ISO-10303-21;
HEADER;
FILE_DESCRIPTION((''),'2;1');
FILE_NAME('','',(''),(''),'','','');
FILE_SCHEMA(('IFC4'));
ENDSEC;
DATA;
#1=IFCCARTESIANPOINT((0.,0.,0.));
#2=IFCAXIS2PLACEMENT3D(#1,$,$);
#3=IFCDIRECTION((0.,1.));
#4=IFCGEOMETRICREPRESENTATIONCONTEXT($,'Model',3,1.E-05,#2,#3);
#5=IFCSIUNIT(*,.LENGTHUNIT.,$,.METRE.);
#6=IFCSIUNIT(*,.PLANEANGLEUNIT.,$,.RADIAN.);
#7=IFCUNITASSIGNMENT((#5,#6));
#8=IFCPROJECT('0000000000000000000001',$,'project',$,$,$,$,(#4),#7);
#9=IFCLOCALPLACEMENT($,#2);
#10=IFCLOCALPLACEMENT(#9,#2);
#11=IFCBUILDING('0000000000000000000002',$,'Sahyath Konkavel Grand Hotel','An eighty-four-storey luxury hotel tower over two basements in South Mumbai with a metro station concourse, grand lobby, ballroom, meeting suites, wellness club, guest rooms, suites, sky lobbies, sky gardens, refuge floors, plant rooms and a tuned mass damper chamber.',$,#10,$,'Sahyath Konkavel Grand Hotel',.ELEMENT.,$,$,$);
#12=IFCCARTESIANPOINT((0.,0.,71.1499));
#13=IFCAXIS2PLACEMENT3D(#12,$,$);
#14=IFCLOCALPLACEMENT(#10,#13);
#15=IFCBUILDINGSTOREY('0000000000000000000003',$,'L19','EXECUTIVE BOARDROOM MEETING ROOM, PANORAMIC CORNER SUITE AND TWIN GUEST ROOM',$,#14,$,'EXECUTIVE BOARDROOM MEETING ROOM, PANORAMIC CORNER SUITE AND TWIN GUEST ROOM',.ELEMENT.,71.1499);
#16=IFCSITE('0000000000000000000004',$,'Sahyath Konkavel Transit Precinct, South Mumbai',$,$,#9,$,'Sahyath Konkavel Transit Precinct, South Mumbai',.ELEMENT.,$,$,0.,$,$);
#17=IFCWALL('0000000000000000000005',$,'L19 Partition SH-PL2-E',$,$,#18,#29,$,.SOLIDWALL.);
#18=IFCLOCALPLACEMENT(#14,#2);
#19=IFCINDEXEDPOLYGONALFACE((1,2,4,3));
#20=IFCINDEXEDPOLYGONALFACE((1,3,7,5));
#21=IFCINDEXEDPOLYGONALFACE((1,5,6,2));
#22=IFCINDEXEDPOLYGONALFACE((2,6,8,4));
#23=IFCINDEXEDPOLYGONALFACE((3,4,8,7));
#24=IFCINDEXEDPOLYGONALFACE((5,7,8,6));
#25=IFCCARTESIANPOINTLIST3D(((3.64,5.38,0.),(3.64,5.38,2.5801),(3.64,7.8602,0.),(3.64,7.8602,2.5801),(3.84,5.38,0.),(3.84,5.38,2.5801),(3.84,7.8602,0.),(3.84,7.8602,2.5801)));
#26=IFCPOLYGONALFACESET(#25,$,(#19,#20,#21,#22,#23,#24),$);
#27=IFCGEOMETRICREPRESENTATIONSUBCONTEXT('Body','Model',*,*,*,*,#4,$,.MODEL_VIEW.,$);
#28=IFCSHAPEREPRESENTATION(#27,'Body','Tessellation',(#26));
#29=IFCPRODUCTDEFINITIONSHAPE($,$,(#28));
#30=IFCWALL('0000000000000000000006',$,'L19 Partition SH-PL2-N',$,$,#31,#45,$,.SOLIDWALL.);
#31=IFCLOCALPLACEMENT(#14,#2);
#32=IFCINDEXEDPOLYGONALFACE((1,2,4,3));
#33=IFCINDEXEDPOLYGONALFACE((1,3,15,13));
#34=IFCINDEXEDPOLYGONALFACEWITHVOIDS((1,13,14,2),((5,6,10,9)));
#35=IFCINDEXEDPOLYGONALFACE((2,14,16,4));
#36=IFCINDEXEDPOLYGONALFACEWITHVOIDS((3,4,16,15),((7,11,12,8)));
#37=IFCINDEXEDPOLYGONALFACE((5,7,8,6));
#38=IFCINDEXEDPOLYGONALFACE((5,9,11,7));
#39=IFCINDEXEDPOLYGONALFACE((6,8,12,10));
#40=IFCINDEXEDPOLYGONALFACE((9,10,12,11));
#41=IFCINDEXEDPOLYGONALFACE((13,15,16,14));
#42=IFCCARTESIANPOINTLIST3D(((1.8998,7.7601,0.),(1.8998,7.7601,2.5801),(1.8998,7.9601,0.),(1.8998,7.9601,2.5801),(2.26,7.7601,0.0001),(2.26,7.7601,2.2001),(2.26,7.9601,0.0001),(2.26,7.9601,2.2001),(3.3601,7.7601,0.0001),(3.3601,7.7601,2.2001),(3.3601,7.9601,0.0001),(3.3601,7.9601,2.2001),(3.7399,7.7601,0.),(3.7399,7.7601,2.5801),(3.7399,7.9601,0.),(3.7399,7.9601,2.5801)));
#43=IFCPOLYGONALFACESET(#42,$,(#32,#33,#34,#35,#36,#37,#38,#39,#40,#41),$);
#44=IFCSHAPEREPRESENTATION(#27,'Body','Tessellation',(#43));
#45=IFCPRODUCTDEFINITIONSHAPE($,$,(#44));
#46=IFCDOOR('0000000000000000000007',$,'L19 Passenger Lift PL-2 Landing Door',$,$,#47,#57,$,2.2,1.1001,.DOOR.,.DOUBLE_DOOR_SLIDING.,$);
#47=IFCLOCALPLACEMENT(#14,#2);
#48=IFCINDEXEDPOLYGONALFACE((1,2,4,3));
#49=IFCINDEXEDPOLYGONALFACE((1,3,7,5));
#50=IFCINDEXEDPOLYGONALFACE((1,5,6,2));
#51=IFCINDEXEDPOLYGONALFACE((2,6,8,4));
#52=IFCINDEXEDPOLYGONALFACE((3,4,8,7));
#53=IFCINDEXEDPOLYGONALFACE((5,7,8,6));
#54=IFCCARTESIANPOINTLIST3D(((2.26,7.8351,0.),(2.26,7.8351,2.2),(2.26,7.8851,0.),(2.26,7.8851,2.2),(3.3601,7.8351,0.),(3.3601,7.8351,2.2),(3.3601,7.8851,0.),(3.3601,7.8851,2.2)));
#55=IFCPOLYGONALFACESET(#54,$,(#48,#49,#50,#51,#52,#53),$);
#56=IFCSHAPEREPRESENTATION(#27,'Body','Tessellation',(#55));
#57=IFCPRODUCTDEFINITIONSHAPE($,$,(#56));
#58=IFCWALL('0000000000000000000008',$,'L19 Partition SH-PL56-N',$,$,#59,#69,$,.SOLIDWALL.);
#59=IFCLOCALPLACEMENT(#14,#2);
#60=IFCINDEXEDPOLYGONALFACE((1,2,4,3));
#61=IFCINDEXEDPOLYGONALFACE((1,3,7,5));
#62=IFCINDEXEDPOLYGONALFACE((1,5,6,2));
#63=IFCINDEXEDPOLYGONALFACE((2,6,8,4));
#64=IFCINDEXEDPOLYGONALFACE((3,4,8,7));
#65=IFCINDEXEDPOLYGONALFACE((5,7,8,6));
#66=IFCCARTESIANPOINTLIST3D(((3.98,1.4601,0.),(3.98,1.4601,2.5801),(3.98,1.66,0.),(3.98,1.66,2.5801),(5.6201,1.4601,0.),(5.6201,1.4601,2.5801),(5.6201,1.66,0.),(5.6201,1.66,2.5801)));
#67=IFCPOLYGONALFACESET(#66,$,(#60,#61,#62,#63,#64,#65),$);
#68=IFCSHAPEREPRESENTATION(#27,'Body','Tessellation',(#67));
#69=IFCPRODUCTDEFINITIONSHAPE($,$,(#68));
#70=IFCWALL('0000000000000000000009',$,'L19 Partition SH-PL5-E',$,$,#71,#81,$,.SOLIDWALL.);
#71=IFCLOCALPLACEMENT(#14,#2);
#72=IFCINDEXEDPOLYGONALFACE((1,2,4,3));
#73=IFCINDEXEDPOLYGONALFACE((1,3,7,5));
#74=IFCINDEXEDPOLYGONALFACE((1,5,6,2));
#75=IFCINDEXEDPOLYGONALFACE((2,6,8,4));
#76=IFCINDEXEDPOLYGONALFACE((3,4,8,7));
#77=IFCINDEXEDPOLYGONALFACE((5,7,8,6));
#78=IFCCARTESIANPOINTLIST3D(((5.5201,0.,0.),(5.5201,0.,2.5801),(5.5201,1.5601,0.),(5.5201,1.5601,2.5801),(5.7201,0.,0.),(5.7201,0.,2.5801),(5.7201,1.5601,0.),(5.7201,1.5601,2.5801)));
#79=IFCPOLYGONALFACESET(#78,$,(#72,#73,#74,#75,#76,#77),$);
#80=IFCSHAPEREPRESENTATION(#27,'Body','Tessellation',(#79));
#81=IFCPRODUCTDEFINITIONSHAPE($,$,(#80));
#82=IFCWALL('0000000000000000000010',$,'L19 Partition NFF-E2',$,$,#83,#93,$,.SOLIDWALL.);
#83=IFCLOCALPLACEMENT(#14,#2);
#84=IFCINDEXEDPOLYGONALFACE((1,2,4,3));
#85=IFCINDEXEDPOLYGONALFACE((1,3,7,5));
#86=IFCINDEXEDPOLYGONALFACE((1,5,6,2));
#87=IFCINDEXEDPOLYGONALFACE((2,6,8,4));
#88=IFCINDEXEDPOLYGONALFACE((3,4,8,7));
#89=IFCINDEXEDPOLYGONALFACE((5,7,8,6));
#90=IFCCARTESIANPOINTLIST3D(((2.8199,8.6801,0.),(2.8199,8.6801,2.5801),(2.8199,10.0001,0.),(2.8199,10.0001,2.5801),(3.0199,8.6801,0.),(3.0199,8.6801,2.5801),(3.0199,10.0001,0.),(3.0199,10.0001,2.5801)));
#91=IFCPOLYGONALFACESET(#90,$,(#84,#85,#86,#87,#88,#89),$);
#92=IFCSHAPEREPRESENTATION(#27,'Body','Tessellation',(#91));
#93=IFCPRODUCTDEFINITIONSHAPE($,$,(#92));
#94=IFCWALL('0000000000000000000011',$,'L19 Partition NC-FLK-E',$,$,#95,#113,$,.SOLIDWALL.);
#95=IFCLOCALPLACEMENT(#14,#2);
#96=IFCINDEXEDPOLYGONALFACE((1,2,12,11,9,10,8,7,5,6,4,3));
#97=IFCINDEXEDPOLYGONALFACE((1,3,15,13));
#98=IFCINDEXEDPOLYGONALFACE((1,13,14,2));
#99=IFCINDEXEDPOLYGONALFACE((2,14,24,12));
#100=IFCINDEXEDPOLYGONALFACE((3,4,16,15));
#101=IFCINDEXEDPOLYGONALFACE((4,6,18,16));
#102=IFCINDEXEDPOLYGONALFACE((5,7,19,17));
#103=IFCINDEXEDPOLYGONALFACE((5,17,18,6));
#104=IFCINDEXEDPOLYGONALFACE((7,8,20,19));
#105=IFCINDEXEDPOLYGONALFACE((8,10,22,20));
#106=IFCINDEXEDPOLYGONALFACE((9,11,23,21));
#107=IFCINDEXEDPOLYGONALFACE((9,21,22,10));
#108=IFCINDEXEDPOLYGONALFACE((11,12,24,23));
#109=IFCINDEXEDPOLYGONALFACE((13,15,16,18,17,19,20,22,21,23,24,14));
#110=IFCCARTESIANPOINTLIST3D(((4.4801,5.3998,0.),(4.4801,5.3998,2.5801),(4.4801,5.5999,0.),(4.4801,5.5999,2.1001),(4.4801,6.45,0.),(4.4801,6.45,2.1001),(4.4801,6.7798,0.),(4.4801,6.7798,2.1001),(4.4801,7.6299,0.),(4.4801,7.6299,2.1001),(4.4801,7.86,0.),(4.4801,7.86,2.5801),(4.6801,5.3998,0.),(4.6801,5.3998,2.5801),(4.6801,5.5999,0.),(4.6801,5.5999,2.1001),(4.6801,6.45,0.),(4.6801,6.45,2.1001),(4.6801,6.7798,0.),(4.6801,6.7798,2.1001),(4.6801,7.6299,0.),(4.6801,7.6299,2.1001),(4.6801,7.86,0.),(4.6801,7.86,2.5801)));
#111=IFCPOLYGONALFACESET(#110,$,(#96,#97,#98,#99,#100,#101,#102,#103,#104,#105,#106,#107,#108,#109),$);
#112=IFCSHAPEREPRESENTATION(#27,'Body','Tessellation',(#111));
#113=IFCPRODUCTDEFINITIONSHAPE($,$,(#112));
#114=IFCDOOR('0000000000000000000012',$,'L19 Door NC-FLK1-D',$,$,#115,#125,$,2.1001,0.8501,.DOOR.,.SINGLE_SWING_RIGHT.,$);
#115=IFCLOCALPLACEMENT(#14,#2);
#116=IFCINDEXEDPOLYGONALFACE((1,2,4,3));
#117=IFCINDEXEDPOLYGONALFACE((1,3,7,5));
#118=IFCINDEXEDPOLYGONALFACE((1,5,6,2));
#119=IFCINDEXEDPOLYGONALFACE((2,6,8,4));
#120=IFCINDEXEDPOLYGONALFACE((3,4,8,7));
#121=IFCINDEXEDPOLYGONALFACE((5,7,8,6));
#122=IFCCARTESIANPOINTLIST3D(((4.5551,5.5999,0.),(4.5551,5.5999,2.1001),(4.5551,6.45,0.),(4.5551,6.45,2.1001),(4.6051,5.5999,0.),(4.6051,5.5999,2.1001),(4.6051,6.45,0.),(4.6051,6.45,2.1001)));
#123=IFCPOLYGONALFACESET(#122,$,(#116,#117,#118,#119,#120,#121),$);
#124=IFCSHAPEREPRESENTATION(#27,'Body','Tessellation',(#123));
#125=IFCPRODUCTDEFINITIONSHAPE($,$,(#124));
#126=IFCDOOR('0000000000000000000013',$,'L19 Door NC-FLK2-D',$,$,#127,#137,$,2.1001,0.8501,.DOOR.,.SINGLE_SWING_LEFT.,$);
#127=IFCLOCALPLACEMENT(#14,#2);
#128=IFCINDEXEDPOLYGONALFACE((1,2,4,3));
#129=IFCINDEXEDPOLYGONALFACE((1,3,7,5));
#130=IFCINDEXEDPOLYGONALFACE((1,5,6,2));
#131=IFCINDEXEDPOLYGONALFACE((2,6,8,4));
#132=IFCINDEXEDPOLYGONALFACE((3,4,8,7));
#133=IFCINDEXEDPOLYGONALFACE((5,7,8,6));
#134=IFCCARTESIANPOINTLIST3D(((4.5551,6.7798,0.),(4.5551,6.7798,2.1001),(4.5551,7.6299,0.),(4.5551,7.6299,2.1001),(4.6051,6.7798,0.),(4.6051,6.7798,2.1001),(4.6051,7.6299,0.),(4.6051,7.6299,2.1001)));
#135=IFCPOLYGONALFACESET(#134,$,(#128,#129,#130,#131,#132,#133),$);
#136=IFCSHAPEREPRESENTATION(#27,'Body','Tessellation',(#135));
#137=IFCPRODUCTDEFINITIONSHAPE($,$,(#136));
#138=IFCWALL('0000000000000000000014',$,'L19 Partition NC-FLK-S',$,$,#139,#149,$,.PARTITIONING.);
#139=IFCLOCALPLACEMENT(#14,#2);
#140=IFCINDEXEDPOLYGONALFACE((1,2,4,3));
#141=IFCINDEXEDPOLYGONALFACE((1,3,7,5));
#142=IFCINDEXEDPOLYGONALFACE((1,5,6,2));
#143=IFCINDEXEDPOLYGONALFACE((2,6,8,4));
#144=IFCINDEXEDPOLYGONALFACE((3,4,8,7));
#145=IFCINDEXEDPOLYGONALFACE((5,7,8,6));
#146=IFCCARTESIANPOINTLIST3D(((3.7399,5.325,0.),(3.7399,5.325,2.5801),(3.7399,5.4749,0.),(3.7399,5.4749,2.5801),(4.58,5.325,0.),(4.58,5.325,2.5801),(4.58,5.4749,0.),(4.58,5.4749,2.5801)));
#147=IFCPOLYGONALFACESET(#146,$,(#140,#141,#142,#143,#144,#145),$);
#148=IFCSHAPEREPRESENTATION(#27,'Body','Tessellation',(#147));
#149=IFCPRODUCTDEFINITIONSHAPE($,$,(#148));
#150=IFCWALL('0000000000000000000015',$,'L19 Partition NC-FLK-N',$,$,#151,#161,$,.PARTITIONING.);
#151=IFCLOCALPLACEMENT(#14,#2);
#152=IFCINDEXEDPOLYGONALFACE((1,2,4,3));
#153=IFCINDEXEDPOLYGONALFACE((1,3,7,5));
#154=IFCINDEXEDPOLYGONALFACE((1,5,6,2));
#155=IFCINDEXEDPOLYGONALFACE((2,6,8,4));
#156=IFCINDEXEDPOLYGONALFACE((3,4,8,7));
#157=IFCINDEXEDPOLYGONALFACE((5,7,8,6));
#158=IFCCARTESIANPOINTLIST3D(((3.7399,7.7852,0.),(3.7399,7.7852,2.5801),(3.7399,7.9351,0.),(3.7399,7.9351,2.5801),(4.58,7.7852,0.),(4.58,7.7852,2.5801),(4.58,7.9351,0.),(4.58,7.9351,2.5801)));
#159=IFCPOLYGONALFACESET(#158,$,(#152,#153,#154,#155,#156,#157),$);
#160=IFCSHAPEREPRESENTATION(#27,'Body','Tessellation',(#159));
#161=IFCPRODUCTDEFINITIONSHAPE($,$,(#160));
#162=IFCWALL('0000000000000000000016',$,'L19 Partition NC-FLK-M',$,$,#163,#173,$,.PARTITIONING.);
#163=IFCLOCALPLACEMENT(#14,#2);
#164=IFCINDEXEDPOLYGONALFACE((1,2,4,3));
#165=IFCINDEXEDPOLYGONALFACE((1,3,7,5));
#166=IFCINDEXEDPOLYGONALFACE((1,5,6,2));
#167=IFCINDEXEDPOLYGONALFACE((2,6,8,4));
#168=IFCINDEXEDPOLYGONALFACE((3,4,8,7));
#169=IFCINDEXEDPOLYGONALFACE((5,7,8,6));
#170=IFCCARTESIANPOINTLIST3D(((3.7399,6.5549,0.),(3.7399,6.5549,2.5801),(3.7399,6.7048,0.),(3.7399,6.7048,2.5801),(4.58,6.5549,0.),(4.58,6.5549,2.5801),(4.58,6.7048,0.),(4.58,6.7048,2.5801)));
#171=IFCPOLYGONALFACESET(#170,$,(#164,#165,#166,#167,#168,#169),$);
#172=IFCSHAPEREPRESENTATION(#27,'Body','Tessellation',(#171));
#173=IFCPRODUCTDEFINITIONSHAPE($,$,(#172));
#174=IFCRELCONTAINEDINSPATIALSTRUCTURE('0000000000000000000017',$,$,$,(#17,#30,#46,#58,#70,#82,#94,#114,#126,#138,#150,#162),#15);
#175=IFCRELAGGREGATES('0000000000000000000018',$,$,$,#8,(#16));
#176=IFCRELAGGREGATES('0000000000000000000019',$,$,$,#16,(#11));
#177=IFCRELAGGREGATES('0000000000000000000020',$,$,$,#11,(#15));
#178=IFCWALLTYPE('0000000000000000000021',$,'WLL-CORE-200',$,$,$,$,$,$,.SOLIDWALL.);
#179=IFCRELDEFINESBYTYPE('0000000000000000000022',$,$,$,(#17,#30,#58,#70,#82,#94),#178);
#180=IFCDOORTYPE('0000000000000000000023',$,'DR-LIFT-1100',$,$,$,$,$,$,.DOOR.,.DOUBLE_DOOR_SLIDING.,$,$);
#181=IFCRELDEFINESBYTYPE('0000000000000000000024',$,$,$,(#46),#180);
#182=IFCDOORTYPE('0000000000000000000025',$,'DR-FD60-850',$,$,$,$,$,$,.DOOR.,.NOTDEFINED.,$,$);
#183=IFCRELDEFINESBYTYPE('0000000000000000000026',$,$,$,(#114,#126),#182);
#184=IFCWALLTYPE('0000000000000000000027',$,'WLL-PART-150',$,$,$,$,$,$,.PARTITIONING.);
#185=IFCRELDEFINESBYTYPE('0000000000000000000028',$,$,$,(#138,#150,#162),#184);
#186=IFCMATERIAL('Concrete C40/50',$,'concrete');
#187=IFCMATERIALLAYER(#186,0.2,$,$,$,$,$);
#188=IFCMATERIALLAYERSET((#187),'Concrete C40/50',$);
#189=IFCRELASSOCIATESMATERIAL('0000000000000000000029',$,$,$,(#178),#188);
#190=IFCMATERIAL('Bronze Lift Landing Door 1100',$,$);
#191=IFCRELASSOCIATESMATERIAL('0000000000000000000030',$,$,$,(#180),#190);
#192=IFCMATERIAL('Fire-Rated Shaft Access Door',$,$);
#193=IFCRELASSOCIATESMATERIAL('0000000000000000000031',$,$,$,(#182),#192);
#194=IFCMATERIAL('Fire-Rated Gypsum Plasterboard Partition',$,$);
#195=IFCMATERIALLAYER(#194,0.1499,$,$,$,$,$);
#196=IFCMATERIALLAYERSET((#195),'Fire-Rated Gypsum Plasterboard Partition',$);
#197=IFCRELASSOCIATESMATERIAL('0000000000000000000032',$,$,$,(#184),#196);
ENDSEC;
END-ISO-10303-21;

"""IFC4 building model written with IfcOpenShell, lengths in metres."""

from ifc_helpers import new_model, si_unit, direction, frame, frame_2d, origin, origin_2d, place, context, subcontext, project, spatial, rectangle, extrude, source, transform, mapped, material, layer, layer_set, type_object, element, fill, save


model = new_model("IFC4")

# Units and contexts
model_context = context("Model", 3, precision=1e-05, world=origin(), true_north=direction((0.0, 1.0)))
body_context = subcontext(model_context, "Body", "Model", "MODEL_VIEW")
ifc_project = project(units=[si_unit("LENGTHUNIT", "METRE"), si_unit("PLANEANGLEUNIT", "RADIAN")], contexts=[model_context])

# Site, building, storey
site_placement = place(None, origin())
site = spatial("IfcSite", under=ifc_project, at=site_placement, Name="Sahyath Konkavel Transit Precinct, South Mumbai", LongName="Sahyath Konkavel Transit Precinct, South Mumbai", CompositionType="ELEMENT", RefElevation=0.0)
building_placement = place(site_placement, origin())
building = spatial("IfcBuilding", under=site, at=building_placement, Name="Sahyath Konkavel Grand Hotel", Description="An eighty-four-storey luxury hotel tower over two basements in South Mumbai with a metro station concourse, grand lobby, ballroom, meeting suites, wellness club, guest rooms, suites, sky lobbies, sky gardens, refuge floors, plant rooms and a tuned mass damper chamber.", LongName="Sahyath Konkavel Grand Hotel", CompositionType="ELEMENT")
storey_placement = place(building_placement, frame((0.0, 0.0, 71.1499)))
storey = spatial("IfcBuildingStorey", under=building, at=storey_placement, Name="L19", Description="EXECUTIVE BOARDROOM MEETING ROOM, PANORAMIC CORNER SUITE AND TWIN GUEST ROOM", LongName="EXECUTIVE BOARDROOM MEETING ROOM, PANORAMIC CORNER SUITE AND TWIN GUEST ROOM", CompositionType="ELEMENT", Elevation=71.1499)

# Shared definitions
ifc_material_1 = material(Name="Concrete C40/50", Category="concrete")
ifc_layer_1 = layer(ifc_material_1, 0.2)
ifc_layer_set_1 = layer_set([ifc_layer_1], Name="Concrete C40/50")
wall_type_1 = type_object("IfcWallType", Name="WLL-CORE-200", PredefinedType="SOLIDWALL", material=ifc_layer_set_1)

# Shared definitions
ifc_material_2 = material(Name="Bronze Lift Landing Door 1100")
door_type_1 = type_object("IfcDoorType", Name="DR-LIFT-1100", OperationType="DOUBLE_DOOR_SLIDING", PredefinedType="DOOR", material=ifc_material_2)
shared_shape_1 = source(origin(), body_context, "Body", "SweptSolid", [
    extrude(rectangle(XDim=1.1001, YDim=0.05, at=origin_2d()), origin(), (0.0, 0.0, 1.0), 2.2),
])

# Wall
wall_1_placement = place(storey_placement, frame((3.74, 5.3799, 0.0), z_axis=(0.0, 0.0, 1.0), x_axis=(0.0, 1.0, 0.0)))
element("IfcWall", 1, at=wall_1_placement, inside=storey, type_object=wall_type_1, Name="L19 Partition SH-PL2-E", PredefinedType="SOLIDWALL", context=body_context, shape_type="SweptSolid", body=[
    extrude(rectangle(XDim=2.4802, YDim=0.2, at=frame_2d((1.2402, 0.0))), origin(), (0.0, 0.0, 1.0), 2.5801),
])

# Wall, opening, door
wall_2_placement = place(storey_placement, frame((1.8999, 7.8601, 0.0), z_axis=(0.0, 0.0, 1.0), x_axis=(1.0, 0.0, 0.0)))
wall_2 = element("IfcWall", 2, at=wall_2_placement, inside=storey, type_object=wall_type_1, Name="L19 Partition SH-PL2-N", PredefinedType="SOLIDWALL", context=body_context, shape_type="SweptSolid", body=[
    extrude(rectangle(XDim=1.8401, YDim=0.2, at=frame_2d((0.9199, 0.0))), origin(), (0.0, 0.0, 1.0), 2.5801),
])
opening_1_placement = place(wall_2_placement, frame((0.3601, 0.0, 0.0)))
opening_1 = element("IfcOpeningElement", 3, at=opening_1_placement, cuts=wall_2, PredefinedType="OPENING", context=body_context, shape_type="SweptSolid", body=[
    extrude(rectangle(XDim=1.1001, YDim=2.2, at=frame_2d((0.55, 1.1001))), frame((0.0, 0.1099, 0.0), z_axis=(0.0, -1.0, 0.0), x_axis=(1.0, 0.0, 0.0)), (0.0, 0.0, 1.0), 0.22),
])
door_1_placement = place(opening_1_placement, frame((0.55, 0.0, 0.0)))
door_1 = element("IfcDoor", 4, at=door_1_placement, inside=storey, type_object=door_type_1, Name="L19 Passenger Lift PL-2 Landing Door", OperationType="DOUBLE_DOOR_SLIDING", OverallHeight=2.2, OverallWidth=1.1001, PredefinedType="DOOR", context=body_context, shape_type="MappedRepresentation", body=[
    mapped(shared_shape_1, transform((0.0, 0.0, 0.0), scale=1.0)),
])
fill(opening_1, door_1)

# Walls
wall_3_placement = place(storey_placement, frame((3.98, 1.5601, 0.0), z_axis=(0.0, 0.0, 1.0), x_axis=(1.0, 0.0, 0.0)))
element("IfcWall", 5, at=wall_3_placement, inside=storey, type_object=wall_type_1, Name="L19 Partition SH-PL56-N", PredefinedType="SOLIDWALL", context=body_context, shape_type="SweptSolid", body=[
    extrude(rectangle(XDim=1.6401, YDim=0.2, at=frame_2d((0.8201, 0.0))), origin(), (0.0, 0.0, 1.0), 2.5801),
])
wall_4_placement = place(storey_placement, frame((5.6201, 0.0, 0.0), z_axis=(0.0, 0.0, 1.0), x_axis=(0.0, 1.0, 0.0)))
element("IfcWall", 6, at=wall_4_placement, inside=storey, type_object=wall_type_1, Name="L19 Partition SH-PL5-E", PredefinedType="SOLIDWALL", context=body_context, shape_type="SweptSolid", body=[
    extrude(rectangle(XDim=1.5601, YDim=0.2, at=frame_2d((0.78, 0.0))), origin(), (0.0, 0.0, 1.0), 2.5801),
])

# Wall
wall_5_placement = place(storey_placement, frame((2.9199, 8.6799, 0.0), z_axis=(0.0, 0.0, 1.0), x_axis=(0.0, 1.0, 0.0)))
element("IfcWall", 7, at=wall_5_placement, inside=storey, type_object=wall_type_1, Name="L19 Partition NFF-E2", PredefinedType="SOLIDWALL", context=body_context, shape_type="SweptSolid", body=[
    extrude(rectangle(XDim=1.3201, YDim=0.2, at=frame_2d((0.6602, 0.0))), origin(), (0.0, 0.0, 1.0), 2.5801),
])

# Wall, openings, doors
wall_6_placement = place(storey_placement, frame((4.5801, 5.3999, 0.0), z_axis=(0.0, 0.0, 1.0), x_axis=(0.0, 1.0, 0.0)))
wall_6 = element("IfcWall", 8, at=wall_6_placement, inside=storey, type_object=wall_type_1, Name="L19 Partition NC-FLK-E", PredefinedType="SOLIDWALL", context=body_context, shape_type="SweptSolid", body=[
    extrude(rectangle(XDim=2.4602, YDim=0.2, at=frame_2d((1.23, 0.0))), origin(), (0.0, 0.0, 1.0), 2.5801),
])
opening_2_placement = place(wall_6_placement, frame((0.2, 0.0, 0.0)))
opening_2 = element("IfcOpeningElement", 9, at=opening_2_placement, cuts=wall_6, PredefinedType="OPENING", context=body_context, shape_type="SweptSolid", body=[
    extrude(rectangle(XDim=0.8501, YDim=2.1001, at=frame_2d((0.425, 1.05))), frame((0.0, 0.1099, 0.0), z_axis=(0.0, -1.0, 0.0), x_axis=(1.0, 0.0, 0.0)), (0.0, 0.0, 1.0), 0.22),
])
opening_3_placement = place(wall_6_placement, frame((1.3799, 0.0, 0.0)))
opening_3 = element("IfcOpeningElement", 10, at=opening_3_placement, cuts=wall_6, PredefinedType="OPENING", context=body_context, shape_type="SweptSolid", body=[
    extrude(rectangle(XDim=0.8501, YDim=2.1001, at=frame_2d((0.425, 1.05))), frame((0.0, 0.1099, 0.0), z_axis=(0.0, -1.0, 0.0), x_axis=(1.0, 0.0, 0.0)), (0.0, 0.0, 1.0), 0.22),
])
ifc_material_3 = material(Name="Fire-Rated Shaft Access Door")
door_type_2 = type_object("IfcDoorType", Name="DR-FD60-850", OperationType="NOTDEFINED", PredefinedType="DOOR", material=ifc_material_3)
shared_shape_2 = source(origin(), body_context, "Body", "SweptSolid", [
    extrude(rectangle(XDim=0.8501, YDim=0.05, at=origin_2d()), origin(), (0.0, 0.0, 1.0), 2.1001),
])
door_2_placement = place(opening_2_placement, frame((0.425, 0.0, 0.0)))
door_2 = element("IfcDoor", 11, at=door_2_placement, inside=storey, type_object=door_type_2, Name="L19 Door NC-FLK1-D", OperationType="SINGLE_SWING_RIGHT", OverallHeight=2.1001, OverallWidth=0.8501, PredefinedType="DOOR", context=body_context, shape_type="MappedRepresentation", body=[
    mapped(shared_shape_2, transform((0.0, 0.0, 0.0), scale=1.0)),
])
fill(opening_2, door_2)
door_3_placement = place(opening_3_placement, frame((0.425, 0.0, 0.0)))
door_3 = element("IfcDoor", 12, at=door_3_placement, inside=storey, type_object=door_type_2, Name="L19 Door NC-FLK2-D", OperationType="SINGLE_SWING_LEFT", OverallHeight=2.1001, OverallWidth=0.8501, PredefinedType="DOOR", context=body_context, shape_type="MappedRepresentation", body=[
    mapped(shared_shape_2, transform((0.0, 0.0, 0.0), scale=1.0)),
])
fill(opening_3, door_3)

# Walls
ifc_material_4 = material(Name="Fire-Rated Gypsum Plasterboard Partition")
ifc_layer_2 = layer(ifc_material_4, 0.1499)
ifc_layer_set_2 = layer_set([ifc_layer_2], Name="Fire-Rated Gypsum Plasterboard Partition")
wall_type_2 = type_object("IfcWallType", Name="WLL-PART-150", PredefinedType="PARTITIONING", material=ifc_layer_set_2)
for number, where, z_axis, x_axis, name in (
    (13, (3.74, 5.3999, 0.0), (0.0, 0.0, 1.0), (1.0, 0.0, 0.0), "L19 Partition NC-FLK-S"),
    (14, (3.74, 7.8601, 0.0), (0.0, 0.0, 1.0), (1.0, 0.0, 0.0), "L19 Partition NC-FLK-N"),
    (15, (3.74, 6.6299, 0.0), (0.0, 0.0, 1.0), (1.0, 0.0, 0.0), "L19 Partition NC-FLK-M"),
):
    element("IfcWall", number, at=place(storey_placement, frame(where, z_axis=z_axis, x_axis=x_axis)), inside=storey, type_object=wall_type_2, Name=name, PredefinedType="PARTITIONING", context=body_context, shape_type="SweptSolid", body=[
        extrude(rectangle(XDim=0.8401, YDim=0.1499, at=frame_2d((0.4199, 0.0))), origin(), (0.0, 0.0, 1.0), 2.5801),
    ])

save(model, "model.ifc")
